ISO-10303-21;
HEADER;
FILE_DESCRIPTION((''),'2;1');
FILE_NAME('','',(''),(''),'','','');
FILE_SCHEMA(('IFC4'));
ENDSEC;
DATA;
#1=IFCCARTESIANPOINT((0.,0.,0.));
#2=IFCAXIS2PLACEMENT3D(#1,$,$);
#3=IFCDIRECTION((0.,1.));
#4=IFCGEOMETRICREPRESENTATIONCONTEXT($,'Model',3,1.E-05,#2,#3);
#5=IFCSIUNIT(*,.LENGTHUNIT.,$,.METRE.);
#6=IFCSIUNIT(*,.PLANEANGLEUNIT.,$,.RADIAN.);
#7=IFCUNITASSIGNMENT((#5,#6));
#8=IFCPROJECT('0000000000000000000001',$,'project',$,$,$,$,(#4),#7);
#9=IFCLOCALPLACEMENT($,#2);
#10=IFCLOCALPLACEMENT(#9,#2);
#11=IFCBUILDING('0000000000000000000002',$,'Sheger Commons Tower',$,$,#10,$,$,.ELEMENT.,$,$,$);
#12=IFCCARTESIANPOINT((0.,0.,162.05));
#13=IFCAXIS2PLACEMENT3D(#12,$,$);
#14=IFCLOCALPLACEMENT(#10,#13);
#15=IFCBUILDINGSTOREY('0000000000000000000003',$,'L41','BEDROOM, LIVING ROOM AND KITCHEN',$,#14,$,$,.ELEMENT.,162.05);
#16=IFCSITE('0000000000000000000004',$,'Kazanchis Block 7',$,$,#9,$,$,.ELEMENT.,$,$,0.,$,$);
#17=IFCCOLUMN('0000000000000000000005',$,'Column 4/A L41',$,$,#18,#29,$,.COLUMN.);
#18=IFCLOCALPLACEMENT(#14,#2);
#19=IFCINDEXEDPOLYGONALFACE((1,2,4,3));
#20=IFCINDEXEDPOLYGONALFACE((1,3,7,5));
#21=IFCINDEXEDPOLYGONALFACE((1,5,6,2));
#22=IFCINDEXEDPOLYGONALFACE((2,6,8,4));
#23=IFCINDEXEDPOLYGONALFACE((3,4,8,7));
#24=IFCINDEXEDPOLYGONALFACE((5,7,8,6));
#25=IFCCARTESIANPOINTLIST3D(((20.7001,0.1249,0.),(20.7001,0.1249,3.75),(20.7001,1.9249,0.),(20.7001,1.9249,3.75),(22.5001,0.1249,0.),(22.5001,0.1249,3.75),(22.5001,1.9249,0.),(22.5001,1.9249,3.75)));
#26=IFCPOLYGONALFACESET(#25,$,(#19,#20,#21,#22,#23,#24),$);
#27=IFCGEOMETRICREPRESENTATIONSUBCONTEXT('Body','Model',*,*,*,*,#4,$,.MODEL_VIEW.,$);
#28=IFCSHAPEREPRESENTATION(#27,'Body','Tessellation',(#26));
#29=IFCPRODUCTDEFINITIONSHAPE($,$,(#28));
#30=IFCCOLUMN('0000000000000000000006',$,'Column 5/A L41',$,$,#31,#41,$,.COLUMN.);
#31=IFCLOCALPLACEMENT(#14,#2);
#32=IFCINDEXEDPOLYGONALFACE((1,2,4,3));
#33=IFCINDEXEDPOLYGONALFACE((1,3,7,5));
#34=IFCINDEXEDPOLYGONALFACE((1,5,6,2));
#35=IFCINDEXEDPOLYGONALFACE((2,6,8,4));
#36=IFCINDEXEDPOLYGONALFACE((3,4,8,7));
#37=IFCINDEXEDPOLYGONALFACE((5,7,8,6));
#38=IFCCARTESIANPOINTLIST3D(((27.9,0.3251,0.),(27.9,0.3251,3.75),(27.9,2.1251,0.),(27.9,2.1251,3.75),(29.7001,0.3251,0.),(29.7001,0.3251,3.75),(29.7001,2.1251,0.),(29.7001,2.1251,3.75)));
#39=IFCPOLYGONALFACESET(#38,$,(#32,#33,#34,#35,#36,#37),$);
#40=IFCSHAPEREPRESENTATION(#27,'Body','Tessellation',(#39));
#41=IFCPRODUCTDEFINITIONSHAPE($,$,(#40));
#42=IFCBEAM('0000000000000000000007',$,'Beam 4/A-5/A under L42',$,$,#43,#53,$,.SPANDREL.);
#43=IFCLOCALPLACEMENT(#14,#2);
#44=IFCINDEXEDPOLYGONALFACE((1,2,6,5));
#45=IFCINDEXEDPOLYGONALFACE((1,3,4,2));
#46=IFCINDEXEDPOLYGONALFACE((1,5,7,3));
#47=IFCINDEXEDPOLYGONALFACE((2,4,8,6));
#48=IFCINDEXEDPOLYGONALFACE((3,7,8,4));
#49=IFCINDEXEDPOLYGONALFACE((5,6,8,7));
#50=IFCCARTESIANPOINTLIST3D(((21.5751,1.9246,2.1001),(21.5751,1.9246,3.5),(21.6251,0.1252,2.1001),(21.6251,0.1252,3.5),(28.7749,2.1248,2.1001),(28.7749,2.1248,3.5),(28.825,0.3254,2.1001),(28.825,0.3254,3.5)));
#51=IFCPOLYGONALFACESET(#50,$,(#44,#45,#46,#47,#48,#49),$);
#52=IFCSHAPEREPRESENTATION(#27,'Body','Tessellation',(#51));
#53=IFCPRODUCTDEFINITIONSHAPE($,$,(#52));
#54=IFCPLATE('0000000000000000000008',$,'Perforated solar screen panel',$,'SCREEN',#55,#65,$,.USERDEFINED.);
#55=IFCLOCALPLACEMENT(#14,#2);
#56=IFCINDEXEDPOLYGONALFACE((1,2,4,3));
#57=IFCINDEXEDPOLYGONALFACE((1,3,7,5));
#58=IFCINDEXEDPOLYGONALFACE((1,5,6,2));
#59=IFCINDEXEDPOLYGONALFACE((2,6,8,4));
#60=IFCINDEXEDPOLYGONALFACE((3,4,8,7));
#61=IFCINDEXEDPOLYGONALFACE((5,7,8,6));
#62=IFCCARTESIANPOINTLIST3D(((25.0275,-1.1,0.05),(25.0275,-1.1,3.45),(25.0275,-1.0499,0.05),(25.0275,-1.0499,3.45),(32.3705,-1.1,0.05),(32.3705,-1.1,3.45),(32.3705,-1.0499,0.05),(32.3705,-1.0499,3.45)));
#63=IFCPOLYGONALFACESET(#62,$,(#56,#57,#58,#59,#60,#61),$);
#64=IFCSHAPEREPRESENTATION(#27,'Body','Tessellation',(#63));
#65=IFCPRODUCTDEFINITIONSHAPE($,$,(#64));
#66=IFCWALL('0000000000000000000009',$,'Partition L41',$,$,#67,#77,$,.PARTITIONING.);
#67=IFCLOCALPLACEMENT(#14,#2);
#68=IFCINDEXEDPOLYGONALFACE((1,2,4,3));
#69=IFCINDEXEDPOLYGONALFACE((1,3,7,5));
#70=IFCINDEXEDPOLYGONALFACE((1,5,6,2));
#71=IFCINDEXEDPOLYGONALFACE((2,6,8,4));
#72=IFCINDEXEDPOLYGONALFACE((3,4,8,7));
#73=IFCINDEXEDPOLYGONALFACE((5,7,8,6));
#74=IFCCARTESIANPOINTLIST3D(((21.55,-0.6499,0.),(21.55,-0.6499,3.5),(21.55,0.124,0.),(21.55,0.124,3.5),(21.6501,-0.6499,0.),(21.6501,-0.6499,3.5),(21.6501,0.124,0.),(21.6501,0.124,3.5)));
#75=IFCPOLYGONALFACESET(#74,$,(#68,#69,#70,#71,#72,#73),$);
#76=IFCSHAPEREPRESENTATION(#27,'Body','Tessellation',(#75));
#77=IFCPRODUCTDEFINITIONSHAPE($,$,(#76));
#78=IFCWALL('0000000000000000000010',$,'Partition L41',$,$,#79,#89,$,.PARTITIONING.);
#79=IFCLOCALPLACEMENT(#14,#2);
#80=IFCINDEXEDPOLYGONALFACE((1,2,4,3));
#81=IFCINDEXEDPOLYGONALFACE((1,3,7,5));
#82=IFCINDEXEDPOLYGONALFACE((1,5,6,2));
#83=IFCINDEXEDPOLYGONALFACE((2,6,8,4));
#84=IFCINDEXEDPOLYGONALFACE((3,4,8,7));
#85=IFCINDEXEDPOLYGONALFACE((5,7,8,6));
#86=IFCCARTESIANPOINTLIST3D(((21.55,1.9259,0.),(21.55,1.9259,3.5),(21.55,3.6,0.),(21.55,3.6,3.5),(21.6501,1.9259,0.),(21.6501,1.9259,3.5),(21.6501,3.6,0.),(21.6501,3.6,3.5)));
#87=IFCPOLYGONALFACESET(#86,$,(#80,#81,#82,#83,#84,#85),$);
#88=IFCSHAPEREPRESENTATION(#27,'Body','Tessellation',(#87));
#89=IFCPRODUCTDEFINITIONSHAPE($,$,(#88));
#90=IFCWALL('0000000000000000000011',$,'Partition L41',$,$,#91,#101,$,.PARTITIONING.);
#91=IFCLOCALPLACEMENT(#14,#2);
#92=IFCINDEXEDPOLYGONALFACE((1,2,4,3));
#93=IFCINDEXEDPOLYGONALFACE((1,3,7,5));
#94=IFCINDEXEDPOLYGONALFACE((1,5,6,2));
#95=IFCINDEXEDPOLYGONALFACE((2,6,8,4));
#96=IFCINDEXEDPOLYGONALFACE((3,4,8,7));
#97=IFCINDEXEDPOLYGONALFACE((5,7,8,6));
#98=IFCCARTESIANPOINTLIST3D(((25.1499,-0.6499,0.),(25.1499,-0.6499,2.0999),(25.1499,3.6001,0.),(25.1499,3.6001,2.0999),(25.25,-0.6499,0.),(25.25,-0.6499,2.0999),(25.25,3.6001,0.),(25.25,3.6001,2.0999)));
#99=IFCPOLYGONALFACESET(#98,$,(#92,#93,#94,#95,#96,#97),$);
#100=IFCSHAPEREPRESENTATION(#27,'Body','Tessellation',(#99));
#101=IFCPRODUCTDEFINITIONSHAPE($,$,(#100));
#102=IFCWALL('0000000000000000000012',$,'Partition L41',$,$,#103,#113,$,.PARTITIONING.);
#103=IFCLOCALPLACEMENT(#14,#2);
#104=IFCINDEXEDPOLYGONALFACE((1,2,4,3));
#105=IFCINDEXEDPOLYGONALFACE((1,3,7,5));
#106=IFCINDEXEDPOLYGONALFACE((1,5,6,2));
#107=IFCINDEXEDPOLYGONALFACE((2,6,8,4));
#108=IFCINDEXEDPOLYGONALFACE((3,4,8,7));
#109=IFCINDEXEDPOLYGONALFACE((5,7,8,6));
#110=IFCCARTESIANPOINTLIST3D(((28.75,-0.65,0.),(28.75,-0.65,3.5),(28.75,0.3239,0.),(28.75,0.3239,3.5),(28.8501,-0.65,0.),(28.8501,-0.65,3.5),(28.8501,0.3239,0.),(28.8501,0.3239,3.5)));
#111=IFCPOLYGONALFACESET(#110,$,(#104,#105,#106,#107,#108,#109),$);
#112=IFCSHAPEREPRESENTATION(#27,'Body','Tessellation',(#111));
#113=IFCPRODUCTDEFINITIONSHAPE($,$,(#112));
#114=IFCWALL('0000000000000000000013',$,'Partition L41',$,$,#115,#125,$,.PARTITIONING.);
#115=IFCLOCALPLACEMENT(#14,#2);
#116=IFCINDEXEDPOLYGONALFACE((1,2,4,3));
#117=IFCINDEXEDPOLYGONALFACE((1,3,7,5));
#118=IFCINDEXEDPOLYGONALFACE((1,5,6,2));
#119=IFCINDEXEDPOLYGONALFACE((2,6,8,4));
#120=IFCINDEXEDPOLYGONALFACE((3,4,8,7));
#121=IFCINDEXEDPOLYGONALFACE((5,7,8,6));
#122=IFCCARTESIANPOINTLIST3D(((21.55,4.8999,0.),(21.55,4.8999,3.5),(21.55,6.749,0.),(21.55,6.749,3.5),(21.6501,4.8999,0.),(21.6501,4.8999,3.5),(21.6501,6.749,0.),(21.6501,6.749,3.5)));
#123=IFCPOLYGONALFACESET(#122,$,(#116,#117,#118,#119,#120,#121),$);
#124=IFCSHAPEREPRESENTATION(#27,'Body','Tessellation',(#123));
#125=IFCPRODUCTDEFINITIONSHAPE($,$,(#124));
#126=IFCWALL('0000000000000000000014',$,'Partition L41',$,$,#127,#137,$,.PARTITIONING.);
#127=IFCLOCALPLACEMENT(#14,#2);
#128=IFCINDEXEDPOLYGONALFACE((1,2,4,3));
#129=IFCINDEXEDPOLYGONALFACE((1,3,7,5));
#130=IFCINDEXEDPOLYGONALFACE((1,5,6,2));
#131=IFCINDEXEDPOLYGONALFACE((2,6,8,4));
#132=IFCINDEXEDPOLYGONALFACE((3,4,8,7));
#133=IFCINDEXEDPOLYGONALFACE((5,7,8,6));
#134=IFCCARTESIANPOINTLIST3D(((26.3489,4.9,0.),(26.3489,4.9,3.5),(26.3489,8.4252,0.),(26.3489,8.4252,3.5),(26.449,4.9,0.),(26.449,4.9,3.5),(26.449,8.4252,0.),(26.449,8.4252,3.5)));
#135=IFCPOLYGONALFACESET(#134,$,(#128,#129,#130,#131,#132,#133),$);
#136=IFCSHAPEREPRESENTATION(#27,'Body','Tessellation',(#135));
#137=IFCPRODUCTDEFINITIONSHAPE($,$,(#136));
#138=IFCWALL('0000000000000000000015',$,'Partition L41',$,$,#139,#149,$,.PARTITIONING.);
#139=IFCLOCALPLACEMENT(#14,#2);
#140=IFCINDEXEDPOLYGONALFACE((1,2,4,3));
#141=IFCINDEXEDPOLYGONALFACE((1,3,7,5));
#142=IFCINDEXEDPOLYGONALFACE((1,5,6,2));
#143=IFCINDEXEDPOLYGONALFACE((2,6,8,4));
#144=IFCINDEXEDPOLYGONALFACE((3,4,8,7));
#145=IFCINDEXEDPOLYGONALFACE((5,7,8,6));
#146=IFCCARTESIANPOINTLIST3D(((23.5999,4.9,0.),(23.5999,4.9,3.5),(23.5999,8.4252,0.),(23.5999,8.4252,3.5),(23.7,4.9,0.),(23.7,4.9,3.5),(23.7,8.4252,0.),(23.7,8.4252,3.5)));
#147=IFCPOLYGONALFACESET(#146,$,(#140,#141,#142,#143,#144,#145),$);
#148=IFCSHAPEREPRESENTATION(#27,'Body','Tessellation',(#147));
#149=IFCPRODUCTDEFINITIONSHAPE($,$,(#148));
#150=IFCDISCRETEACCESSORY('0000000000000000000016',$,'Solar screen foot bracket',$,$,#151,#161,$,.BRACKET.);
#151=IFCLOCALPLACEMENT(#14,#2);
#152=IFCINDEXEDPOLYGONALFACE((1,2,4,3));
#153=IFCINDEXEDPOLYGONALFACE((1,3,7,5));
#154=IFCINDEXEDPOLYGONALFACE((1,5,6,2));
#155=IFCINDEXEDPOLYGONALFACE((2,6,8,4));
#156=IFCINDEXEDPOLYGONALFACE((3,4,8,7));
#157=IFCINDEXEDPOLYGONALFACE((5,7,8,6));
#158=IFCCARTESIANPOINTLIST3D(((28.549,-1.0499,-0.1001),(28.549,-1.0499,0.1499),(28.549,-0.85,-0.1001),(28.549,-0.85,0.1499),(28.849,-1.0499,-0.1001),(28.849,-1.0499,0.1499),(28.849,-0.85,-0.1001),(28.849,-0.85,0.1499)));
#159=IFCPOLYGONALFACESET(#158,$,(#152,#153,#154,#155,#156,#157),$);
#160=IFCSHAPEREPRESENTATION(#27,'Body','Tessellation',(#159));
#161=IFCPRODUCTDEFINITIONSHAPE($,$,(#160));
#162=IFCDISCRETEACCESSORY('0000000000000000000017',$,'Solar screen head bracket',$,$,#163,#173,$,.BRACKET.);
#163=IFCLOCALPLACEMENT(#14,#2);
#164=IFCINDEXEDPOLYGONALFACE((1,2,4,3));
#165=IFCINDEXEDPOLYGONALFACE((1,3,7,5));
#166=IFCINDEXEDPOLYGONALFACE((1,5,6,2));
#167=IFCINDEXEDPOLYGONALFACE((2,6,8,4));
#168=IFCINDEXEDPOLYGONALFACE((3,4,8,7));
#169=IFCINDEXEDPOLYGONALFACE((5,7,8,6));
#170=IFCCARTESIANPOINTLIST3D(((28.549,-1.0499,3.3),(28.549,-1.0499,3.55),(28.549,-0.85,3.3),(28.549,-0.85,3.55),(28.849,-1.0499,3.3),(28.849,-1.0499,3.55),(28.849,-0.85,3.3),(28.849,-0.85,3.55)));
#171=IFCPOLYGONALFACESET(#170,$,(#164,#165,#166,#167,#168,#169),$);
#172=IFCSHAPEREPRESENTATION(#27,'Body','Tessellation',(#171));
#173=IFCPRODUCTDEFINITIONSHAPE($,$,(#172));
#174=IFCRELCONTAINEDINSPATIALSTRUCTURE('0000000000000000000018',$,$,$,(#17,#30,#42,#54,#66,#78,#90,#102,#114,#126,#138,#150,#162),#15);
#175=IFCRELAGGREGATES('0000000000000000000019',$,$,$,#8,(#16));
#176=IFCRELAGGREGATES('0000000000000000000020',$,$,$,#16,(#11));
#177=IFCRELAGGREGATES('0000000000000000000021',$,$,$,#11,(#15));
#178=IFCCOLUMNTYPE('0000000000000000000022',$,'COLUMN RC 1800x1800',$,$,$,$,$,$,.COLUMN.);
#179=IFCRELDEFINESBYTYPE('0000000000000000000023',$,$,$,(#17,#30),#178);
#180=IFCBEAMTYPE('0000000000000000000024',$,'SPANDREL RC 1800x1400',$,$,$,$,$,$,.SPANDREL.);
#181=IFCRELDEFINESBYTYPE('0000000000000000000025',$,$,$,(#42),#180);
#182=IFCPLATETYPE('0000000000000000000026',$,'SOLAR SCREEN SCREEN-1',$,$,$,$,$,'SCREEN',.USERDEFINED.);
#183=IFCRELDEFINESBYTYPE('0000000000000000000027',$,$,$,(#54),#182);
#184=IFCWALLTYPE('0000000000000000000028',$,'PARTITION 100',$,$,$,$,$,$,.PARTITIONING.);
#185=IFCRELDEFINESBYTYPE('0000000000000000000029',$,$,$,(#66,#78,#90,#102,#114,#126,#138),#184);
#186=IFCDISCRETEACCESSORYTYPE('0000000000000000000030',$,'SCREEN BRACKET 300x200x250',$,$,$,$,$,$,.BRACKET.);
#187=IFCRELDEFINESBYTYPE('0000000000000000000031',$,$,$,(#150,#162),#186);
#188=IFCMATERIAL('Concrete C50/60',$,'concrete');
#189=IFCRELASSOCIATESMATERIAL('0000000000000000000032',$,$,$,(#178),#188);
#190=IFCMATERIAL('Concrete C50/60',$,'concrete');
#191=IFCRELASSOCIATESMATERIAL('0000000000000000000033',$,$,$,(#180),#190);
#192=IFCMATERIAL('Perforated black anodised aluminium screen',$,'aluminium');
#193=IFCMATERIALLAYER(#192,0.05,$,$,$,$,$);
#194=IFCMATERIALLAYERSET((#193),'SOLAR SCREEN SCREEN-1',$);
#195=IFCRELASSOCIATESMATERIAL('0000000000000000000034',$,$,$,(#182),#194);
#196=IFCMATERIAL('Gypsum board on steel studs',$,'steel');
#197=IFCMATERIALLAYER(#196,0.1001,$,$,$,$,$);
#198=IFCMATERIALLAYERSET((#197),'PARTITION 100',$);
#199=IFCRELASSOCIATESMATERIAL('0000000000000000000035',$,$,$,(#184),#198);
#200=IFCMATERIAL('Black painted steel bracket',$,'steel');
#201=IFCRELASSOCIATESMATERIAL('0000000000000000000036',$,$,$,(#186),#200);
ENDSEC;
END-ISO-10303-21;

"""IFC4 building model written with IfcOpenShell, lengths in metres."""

from ifc_helpers import new_model, si_unit, direction, frame, frame_2d, origin, origin_2d, place, context, subcontext, project, spatial, rectangle, extrude, material, layer, layer_set, material_profile, profile_set, type_object, element, save


model = new_model("IFC4")

# Units and contexts
model_context = context("Model", 3, precision=1e-05, world=origin(), true_north=direction((0.0, 1.0)))
body_context = subcontext(model_context, "Body", "Model", "MODEL_VIEW")
ifc_project = project(units=[si_unit("LENGTHUNIT", "METRE"), si_unit("PLANEANGLEUNIT", "RADIAN")], contexts=[model_context])

# Site, building, storey
site_placement = place(None, origin())
site = spatial("IfcSite", under=ifc_project, at=site_placement, Name="Kazanchis Block 7", CompositionType="ELEMENT", RefElevation=0.0)
building_placement = place(site_placement, origin())
building = spatial("IfcBuilding", under=site, at=building_placement, Name="Sheger Commons Tower", CompositionType="ELEMENT")
storey_placement = place(building_placement, frame((0.0, 0.0, 162.05)))
storey = spatial("IfcBuildingStorey", under=building, at=storey_placement, Name="L41", Description="BEDROOM, LIVING ROOM AND KITCHEN", CompositionType="ELEMENT", Elevation=162.05)

# Columns
ifc_material_1 = material(Name="Concrete C50/60", Category="concrete")
ifc_material_profile_1 = material_profile(ifc_material_1, rectangle(XDim=1.8, YDim=1.8, at=origin_2d()), Name="RC 1800x1800")
ifc_profile_set_1 = profile_set([ifc_material_profile_1], Name="Concrete C50/60")
column_type = type_object("IfcColumnType", Name="COLUMN RC 1800x1800", PredefinedType="COLUMN", material=ifc_profile_set_1)
for number, where, z_axis, x_axis, name in (
    (1, (21.6001, 1.0249, 0.0), (0.0, 0.0, 1.0), (1.0, 0.0, 0.0), "Column 4/A L41"),
    (2, (28.8, 1.2251, 0.0), (0.0, 0.0, 1.0), (1.0, 0.0, 0.0), "Column 5/A L41"),
):
    element("IfcColumn", number, at=place(storey_placement, frame(where, z_axis=z_axis, x_axis=x_axis)), inside=storey, type_object=column_type, Name=name, PredefinedType="COLUMN", context=body_context, shape_type="SweptSolid", body=[
        extrude(rectangle(XDim=1.8, YDim=1.8, at=origin_2d()), origin(), (0.0, 0.0, 1.0), 3.75),
    ])

# Beam
ifc_material_2 = material(Name="Concrete C50/60", Category="concrete")
ifc_material_profile_2 = material_profile(ifc_material_2, rectangle(XDim=1.8, YDim=1.3999, at=origin_2d()), Name="RC 1800x1400")
ifc_profile_set_2 = profile_set([ifc_material_profile_2], Name="Concrete C50/60")
beam_type = type_object("IfcBeamType", Name="SPANDREL RC 1800x1400", PredefinedType="SPANDREL", material=ifc_profile_set_2)
beam_placement = place(storey_placement, frame((21.6001, 1.0249, 2.8), z_axis=(0.999614, 0.027794, 0.0), x_axis=(-0.027794, 0.999614, 0.0)))
element("IfcBeam", 3, at=beam_placement, inside=storey, type_object=beam_type, Name="Beam 4/A-5/A under L42", PredefinedType="SPANDREL", context=body_context, shape_type="SweptSolid", body=[
    extrude(rectangle(XDim=1.8, YDim=1.3999, at=origin_2d()), origin(), (0.0, 0.0, 1.0), 7.2026),
])

# Plate
ifc_material_3 = material(Name="Perforated black anodised aluminium screen", Category="aluminium")
ifc_layer_1 = layer(ifc_material_3, 0.05)
ifc_layer_set_1 = layer_set([ifc_layer_1], Name="SOLAR SCREEN SCREEN-1")
plate_type = type_object("IfcPlateType", Name="SOLAR SCREEN SCREEN-1", ElementType="SCREEN", PredefinedType="USERDEFINED", material=ifc_layer_set_1)
plate_placement = place(storey_placement, frame((28.699, -1.075, 0.05), z_axis=(0.0, 0.0, 1.0), x_axis=(1.0, 0.0, 0.0)))
element("IfcPlate", 4, at=plate_placement, inside=storey, type_object=plate_type, Name="Perforated solar screen panel", ObjectType="SCREEN", PredefinedType="USERDEFINED", context=body_context, shape_type="SweptSolid", body=[
    extrude(rectangle(XDim=7.343, YDim=0.05, at=origin_2d()), origin(), (0.0, 0.0, 1.0), 3.3999),
])

# Walls
ifc_material_4 = material(Name="Gypsum board on steel studs", Category="steel")
ifc_layer_2 = layer(ifc_material_4, 0.1001)
ifc_layer_set_2 = layer_set([ifc_layer_2], Name="PARTITION 100")
wall_type = type_object("IfcWallType", Name="PARTITION 100", PredefinedType="PARTITIONING", material=ifc_layer_set_2)
wall_1_placement = place(storey_placement, frame((21.6001, -0.6499, 0.0), z_axis=(0.0, 0.0, 1.0), x_axis=(0.0, 1.0, 0.0)))
element("IfcWall", 5, at=wall_1_placement, inside=storey, type_object=wall_type, Name="Partition L41", PredefinedType="PARTITIONING", context=body_context, shape_type="SweptSolid", body=[
    extrude(rectangle(XDim=0.7739, YDim=0.1001, at=frame_2d((0.387, 0.0))), origin(), (0.0, 0.0, 1.0), 3.5),
])
wall_2_placement = place(storey_placement, frame((21.6001, 1.926, 0.0), z_axis=(0.0, 0.0, 1.0), x_axis=(0.0, 1.0, 0.0)))
element("IfcWall", 6, at=wall_2_placement, inside=storey, type_object=wall_type, Name="Partition L41", PredefinedType="PARTITIONING", context=body_context, shape_type="SweptSolid", body=[
    extrude(rectangle(XDim=1.6741, YDim=0.1001, at=frame_2d((0.8369, 0.0))), origin(), (0.0, 0.0, 1.0), 3.5),
])
wall_3_placement = place(storey_placement, frame((25.2, -0.6499, 0.0), z_axis=(0.0, 0.0, 1.0), x_axis=(0.0, 1.0, 0.0)))
element("IfcWall", 7, at=wall_3_placement, inside=storey, type_object=wall_type, Name="Partition L41", PredefinedType="PARTITIONING", context=body_context, shape_type="SweptSolid", body=[
    extrude(rectangle(XDim=4.25, YDim=0.1001, at=frame_2d((2.125, 0.0))), origin(), (0.0, 0.0, 1.0), 2.0999),
])
wall_4_placement = place(storey_placement, frame((28.8, -0.6499, 0.0), z_axis=(0.0, 0.0, 1.0), x_axis=(0.0, 1.0, 0.0)))
element("IfcWall", 8, at=wall_4_placement, inside=storey, type_object=wall_type, Name="Partition L41", PredefinedType="PARTITIONING", context=body_context, shape_type="SweptSolid", body=[
    extrude(rectangle(XDim=0.9739, YDim=0.1001, at=frame_2d((0.4868, 0.0))), origin(), (0.0, 0.0, 1.0), 3.5),
])
wall_5_placement = place(storey_placement, frame((21.6001, 4.8999, 0.0), z_axis=(0.0, 0.0, 1.0), x_axis=(0.0, 1.0, 0.0)))
element("IfcWall", 9, at=wall_5_placement, inside=storey, type_object=wall_type, Name="Partition L41", PredefinedType="PARTITIONING", context=body_context, shape_type="SweptSolid", body=[
    extrude(rectangle(XDim=1.8491, YDim=0.1001, at=frame_2d((0.9246, 0.0))), origin(), (0.0, 0.0, 1.0), 3.5),
])
for number, where, z_axis, x_axis, name in (
    (10, (26.3989, 4.8999, 0.0), (0.0, 0.0, 1.0), (0.0, 1.0, 0.0), "Partition L41"),
    (11, (23.6499, 4.8999, 0.0), (0.0, 0.0, 1.0), (0.0, 1.0, 0.0), "Partition L41"),
):
    element("IfcWall", number, at=place(storey_placement, frame(where, z_axis=z_axis, x_axis=x_axis)), inside=storey, type_object=wall_type, Name=name, PredefinedType="PARTITIONING", context=body_context, shape_type="SweptSolid", body=[
        extrude(rectangle(XDim=3.5251, YDim=0.1001, at=frame_2d((1.7627, 0.0))), origin(), (0.0, 0.0, 1.0), 3.5),
    ])

# Discrete accessories
ifc_material_5 = material(Name="Black painted steel bracket", Category="steel")
discrete_accessory_type = type_object("IfcDiscreteAccessoryType", Name="SCREEN BRACKET 300x200x250", PredefinedType="BRACKET", material=ifc_material_5)
for number, where, z_axis, x_axis, name in (
    (12, (28.699, -0.95, -0.1001), (0.0, 0.0, 1.0), (1.0, 0.0, 0.0), "Solar screen foot bracket"),
    (13, (28.699, -0.95, 3.3), (0.0, 0.0, 1.0), (1.0, 0.0, 0.0), "Solar screen head bracket"),
):
    element("IfcDiscreteAccessory", number, at=place(storey_placement, frame(where, z_axis=z_axis, x_axis=x_axis)), inside=storey, type_object=discrete_accessory_type, Name=name, PredefinedType="BRACKET", context=body_context, shape_type="SweptSolid", body=[
        extrude(rectangle(XDim=0.3, YDim=0.2, at=origin_2d()), origin(), (0.0, 0.0, 1.0), 0.25),
    ])

save(model, "model.ifc")
